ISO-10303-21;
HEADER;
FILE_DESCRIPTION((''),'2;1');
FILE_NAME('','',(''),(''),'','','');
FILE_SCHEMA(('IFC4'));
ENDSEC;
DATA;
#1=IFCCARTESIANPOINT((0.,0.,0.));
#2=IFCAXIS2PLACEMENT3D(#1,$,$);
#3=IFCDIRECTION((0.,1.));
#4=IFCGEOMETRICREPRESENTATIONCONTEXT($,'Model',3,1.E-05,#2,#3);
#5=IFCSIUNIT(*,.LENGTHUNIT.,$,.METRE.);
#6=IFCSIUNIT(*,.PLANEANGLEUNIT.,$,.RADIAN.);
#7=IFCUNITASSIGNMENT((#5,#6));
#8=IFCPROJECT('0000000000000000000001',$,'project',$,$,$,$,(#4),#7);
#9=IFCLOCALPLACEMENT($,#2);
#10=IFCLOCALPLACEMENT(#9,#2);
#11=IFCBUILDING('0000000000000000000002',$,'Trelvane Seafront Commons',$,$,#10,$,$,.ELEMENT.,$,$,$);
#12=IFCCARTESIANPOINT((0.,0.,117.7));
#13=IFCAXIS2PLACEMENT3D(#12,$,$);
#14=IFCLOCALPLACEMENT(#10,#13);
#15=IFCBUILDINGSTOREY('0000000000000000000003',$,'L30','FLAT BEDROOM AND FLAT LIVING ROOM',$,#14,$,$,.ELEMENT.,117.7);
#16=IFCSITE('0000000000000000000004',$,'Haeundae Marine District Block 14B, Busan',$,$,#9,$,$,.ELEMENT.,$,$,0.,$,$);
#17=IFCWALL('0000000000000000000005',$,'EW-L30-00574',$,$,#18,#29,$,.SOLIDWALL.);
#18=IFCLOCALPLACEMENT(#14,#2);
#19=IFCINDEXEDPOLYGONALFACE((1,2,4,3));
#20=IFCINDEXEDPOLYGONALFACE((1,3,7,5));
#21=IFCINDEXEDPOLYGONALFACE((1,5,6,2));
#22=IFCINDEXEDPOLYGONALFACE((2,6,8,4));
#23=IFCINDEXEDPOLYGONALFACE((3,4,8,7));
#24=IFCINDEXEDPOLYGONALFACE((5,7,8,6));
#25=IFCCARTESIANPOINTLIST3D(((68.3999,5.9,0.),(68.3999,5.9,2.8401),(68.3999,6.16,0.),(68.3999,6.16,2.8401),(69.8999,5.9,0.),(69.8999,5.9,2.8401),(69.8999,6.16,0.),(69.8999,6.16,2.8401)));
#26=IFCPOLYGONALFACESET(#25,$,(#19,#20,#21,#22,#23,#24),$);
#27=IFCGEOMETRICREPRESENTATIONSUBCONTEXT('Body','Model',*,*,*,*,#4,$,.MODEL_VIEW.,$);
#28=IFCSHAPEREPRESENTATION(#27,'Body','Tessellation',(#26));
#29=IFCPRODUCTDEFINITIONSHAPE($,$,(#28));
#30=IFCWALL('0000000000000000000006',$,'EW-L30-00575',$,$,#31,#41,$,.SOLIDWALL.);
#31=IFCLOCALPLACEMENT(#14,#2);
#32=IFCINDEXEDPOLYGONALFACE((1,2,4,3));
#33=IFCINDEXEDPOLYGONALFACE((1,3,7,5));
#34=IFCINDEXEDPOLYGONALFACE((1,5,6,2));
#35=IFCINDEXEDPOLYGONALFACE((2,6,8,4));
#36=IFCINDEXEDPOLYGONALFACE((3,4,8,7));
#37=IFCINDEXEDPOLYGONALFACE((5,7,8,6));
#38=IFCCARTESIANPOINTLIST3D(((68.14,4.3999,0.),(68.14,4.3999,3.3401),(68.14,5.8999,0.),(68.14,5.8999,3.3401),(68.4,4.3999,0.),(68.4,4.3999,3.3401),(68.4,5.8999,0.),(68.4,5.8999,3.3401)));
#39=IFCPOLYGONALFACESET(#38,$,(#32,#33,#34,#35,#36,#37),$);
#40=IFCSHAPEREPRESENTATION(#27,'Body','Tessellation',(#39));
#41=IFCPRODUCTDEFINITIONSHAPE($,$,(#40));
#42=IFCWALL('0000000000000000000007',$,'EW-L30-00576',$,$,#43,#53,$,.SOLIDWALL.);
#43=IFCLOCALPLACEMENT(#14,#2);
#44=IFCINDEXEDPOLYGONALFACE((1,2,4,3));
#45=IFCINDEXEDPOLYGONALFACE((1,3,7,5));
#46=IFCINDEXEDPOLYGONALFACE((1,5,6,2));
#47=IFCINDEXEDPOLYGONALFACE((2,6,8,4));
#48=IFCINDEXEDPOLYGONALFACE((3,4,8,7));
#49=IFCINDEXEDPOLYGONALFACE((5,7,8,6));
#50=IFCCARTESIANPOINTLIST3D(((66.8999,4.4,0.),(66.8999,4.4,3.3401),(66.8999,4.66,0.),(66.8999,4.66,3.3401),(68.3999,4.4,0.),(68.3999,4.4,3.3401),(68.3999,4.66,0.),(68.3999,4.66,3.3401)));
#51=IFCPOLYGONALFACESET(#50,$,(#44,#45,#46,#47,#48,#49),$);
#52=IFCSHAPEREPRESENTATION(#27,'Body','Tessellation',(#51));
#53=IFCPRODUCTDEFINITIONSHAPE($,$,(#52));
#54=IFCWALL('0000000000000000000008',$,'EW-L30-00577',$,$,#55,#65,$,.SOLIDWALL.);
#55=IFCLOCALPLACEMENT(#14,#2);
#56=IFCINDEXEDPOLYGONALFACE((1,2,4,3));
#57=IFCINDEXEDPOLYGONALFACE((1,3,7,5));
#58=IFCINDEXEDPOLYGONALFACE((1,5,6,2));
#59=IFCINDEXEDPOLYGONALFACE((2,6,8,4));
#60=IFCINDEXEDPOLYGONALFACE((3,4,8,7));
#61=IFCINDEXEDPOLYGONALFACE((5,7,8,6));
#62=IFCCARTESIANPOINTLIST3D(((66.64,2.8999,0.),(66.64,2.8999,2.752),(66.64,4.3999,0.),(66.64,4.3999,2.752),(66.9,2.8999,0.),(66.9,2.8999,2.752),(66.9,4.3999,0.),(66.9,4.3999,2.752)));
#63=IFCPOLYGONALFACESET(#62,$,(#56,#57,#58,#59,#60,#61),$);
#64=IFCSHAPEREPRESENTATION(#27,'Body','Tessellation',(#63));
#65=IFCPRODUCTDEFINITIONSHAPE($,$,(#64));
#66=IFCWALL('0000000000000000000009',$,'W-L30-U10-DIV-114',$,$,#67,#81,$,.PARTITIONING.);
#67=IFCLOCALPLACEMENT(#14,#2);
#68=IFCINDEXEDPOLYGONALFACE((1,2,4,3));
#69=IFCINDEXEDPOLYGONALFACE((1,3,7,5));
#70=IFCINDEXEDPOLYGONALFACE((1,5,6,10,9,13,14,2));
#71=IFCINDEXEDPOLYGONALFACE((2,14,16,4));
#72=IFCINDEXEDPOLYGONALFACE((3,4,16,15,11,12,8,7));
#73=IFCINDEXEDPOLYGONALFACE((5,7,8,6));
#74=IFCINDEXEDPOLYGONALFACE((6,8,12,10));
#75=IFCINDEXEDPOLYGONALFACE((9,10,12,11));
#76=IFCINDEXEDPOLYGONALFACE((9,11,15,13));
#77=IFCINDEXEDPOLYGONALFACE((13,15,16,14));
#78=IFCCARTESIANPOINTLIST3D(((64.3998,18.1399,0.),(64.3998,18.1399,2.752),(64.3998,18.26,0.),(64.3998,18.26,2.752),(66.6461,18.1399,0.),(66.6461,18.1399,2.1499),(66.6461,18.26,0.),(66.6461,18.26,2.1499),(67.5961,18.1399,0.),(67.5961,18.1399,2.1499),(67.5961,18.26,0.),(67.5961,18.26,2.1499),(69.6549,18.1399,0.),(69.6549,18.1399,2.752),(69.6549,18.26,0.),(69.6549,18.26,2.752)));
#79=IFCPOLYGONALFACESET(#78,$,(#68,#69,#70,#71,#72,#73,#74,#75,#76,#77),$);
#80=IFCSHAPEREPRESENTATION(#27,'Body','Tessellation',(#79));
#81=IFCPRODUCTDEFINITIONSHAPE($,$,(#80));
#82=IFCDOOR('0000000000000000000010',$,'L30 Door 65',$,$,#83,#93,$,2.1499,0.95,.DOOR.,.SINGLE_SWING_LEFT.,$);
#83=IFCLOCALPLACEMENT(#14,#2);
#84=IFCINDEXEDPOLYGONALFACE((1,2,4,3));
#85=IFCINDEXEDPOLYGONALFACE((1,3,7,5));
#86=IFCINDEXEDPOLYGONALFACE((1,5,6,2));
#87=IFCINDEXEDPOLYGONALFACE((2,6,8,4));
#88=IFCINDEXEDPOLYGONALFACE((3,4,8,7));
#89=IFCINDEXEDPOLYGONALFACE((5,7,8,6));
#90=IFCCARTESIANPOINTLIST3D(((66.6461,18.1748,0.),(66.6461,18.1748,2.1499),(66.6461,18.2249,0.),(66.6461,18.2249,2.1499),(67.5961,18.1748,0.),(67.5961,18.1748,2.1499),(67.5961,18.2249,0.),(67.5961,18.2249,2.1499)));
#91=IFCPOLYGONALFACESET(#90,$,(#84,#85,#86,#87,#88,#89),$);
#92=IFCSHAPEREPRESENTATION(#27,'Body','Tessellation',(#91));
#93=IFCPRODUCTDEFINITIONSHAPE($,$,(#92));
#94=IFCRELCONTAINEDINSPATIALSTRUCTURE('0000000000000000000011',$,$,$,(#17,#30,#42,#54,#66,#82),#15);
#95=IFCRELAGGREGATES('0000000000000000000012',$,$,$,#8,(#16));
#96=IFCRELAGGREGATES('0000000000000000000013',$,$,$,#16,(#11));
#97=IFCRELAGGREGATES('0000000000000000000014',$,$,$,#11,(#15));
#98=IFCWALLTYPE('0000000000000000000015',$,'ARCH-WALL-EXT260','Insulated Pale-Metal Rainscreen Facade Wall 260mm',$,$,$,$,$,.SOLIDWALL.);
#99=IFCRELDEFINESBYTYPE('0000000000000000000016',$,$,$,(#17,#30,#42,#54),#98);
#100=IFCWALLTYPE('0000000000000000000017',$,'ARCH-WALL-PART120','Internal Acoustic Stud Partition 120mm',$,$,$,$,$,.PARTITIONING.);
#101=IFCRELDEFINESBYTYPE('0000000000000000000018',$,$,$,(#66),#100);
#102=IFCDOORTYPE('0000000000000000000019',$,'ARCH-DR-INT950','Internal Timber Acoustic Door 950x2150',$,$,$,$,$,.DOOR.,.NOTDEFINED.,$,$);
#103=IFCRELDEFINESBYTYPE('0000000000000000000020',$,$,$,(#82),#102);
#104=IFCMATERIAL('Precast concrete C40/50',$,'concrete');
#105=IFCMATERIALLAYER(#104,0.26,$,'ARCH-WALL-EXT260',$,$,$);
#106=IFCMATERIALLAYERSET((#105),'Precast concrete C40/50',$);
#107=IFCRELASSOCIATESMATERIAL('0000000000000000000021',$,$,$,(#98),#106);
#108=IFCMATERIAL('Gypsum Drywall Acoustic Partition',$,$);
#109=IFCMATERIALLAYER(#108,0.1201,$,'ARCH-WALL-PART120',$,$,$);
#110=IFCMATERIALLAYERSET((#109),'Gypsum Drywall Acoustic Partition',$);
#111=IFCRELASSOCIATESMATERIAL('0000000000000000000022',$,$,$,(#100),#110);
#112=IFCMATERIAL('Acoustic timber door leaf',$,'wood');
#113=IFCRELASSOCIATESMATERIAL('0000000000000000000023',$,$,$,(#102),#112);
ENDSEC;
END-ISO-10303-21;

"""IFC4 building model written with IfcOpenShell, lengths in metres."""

from ifc_helpers import new_model, si_unit, direction, frame, frame_2d, origin, place, context, subcontext, project, spatial, rectangle, extrude, source, transform, mapped, material, layer, layer_set, type_object, element, fill, save


model = new_model("IFC4")

# Units and contexts
model_context = context("Model", 3, precision=1e-05, world=origin(), true_north=direction((0.0, 1.0)))
body_context = subcontext(model_context, "Body", "Model", "MODEL_VIEW")
ifc_project = project(units=[si_unit("LENGTHUNIT", "METRE"), si_unit("PLANEANGLEUNIT", "RADIAN")], contexts=[model_context])

# Site, building, storey
site_placement = place(None, origin())
site = spatial("IfcSite", under=ifc_project, at=site_placement, Name="Haeundae Marine District Block 14B, Busan", CompositionType="ELEMENT", RefElevation=0.0)
building_placement = place(site_placement, origin())
building = spatial("IfcBuilding", under=site, at=building_placement, Name="Trelvane Seafront Commons", CompositionType="ELEMENT")
storey_placement = place(building_placement, frame((0.0, 0.0, 117.7)))
storey = spatial("IfcBuildingStorey", under=building, at=storey_placement, Name="L30", Description="FLAT BEDROOM AND FLAT LIVING ROOM", CompositionType="ELEMENT", Elevation=117.7)

# Walls
ifc_material_1 = material(Name="Precast concrete C40/50", Category="concrete")
ifc_layer_1 = layer(ifc_material_1, 0.26, Name="ARCH-WALL-EXT260")
ifc_layer_set_1 = layer_set([ifc_layer_1], Name="Precast concrete C40/50")
wall_type_1 = type_object("IfcWallType", Name="ARCH-WALL-EXT260", Description="Insulated Pale-Metal Rainscreen Facade Wall 260mm", PredefinedType="SOLIDWALL", material=ifc_layer_set_1)
wall_1_placement = place(storey_placement, frame((69.8999, 6.03, 0.0), z_axis=(0.0, 0.0, 1.0), x_axis=(-1.0, 0.0, 0.0)))
element("IfcWall", 1, at=wall_1_placement, inside=storey, type_object=wall_type_1, Name="EW-L30-00574", PredefinedType="SOLIDWALL", context=body_context, shape_type="SweptSolid", body=[
    extrude(rectangle(XDim=1.5, YDim=0.26, at=frame_2d((0.75, 0.0))), origin(), (0.0, 0.0, 1.0), 2.8401),
])
for number, where, z_axis, x_axis, name in (
    (2, (68.27, 5.8999, 0.0), (0.0, 0.0, 1.0), (0.0, -1.0, 0.0), "EW-L30-00575"),
    (3, (68.3999, 4.53, 0.0), (0.0, 0.0, 1.0), (-1.0, 0.0, 0.0), "EW-L30-00576"),
):
    element("IfcWall", number, at=place(storey_placement, frame(where, z_axis=z_axis, x_axis=x_axis)), inside=storey, type_object=wall_type_1, Name=name, PredefinedType="SOLIDWALL", context=body_context, shape_type="SweptSolid", body=[
        extrude(rectangle(XDim=1.5, YDim=0.26, at=frame_2d((0.75, 0.0))), origin(), (0.0, 0.0, 1.0), 3.3401),
    ])
wall_2_placement = place(storey_placement, frame((66.77, 4.3999, 0.0), z_axis=(0.0, 0.0, 1.0), x_axis=(0.0, -1.0, 0.0)))
element("IfcWall", 4, at=wall_2_placement, inside=storey, type_object=wall_type_1, Name="EW-L30-00577", PredefinedType="SOLIDWALL", context=body_context, shape_type="SweptSolid", body=[
    extrude(rectangle(XDim=1.5, YDim=0.26, at=frame_2d((0.75, 0.0))), origin(), (0.0, 0.0, 1.0), 2.752),
])

# Wall, opening, door
ifc_material_2 = material(Name="Gypsum Drywall Acoustic Partition")
ifc_layer_2 = layer(ifc_material_2, 0.1201, Name="ARCH-WALL-PART120")
ifc_layer_set_2 = layer_set([ifc_layer_2], Name="Gypsum Drywall Acoustic Partition")
wall_type_2 = type_object("IfcWallType", Name="ARCH-WALL-PART120", Description="Internal Acoustic Stud Partition 120mm", PredefinedType="PARTITIONING", material=ifc_layer_set_2)
wall_3_placement = place(storey_placement, frame((64.3999, 18.2, 0.0), z_axis=(0.0, 0.0, 1.0), x_axis=(1.0, 0.0, 0.0)))
wall_3 = element("IfcWall", 5, at=wall_3_placement, inside=storey, type_object=wall_type_2, Name="W-L30-U10-DIV-114", PredefinedType="PARTITIONING", context=body_context, shape_type="SweptSolid", body=[
    extrude(rectangle(XDim=5.2551, YDim=0.1201, at=frame_2d((2.6274, 0.0))), origin(), (0.0, 0.0, 1.0), 2.752),
])
opening_placement = place(wall_3_placement, frame((2.2461, 0.0, 0.0)))
opening = element("IfcOpeningElement", 6, at=opening_placement, cuts=wall_3, PredefinedType="OPENING", context=body_context, shape_type="SweptSolid", body=[
    extrude(rectangle(XDim=0.95, YDim=2.1499, at=frame_2d((0.4751, 1.075))), frame((0.0, 0.0701, 0.0), z_axis=(0.0, -1.0, 0.0), x_axis=(1.0, 0.0, 0.0)), (0.0, 0.0, 1.0), 0.1401),
])
ifc_material_3 = material(Name="Acoustic timber door leaf", Category="wood")
door_type = type_object("IfcDoorType", Name="ARCH-DR-INT950", Description="Internal Timber Acoustic Door 950x2150", OperationType="NOTDEFINED", PredefinedType="DOOR", material=ifc_material_3)
shared_shape_1 = source(origin(), body_context, "Body", "SweptSolid", [
    extrude(rectangle(XDim=0.95, YDim=2.1499, at=frame_2d((0.4751, 1.075))), frame((0.0, 0.0249, 0.0), z_axis=(0.0, -1.0, 0.0), x_axis=(1.0, 0.0, 0.0)), (0.0, 0.0, 1.0), 0.05),
])
door_placement = place(opening_placement, origin())
door = element("IfcDoor", 7, at=door_placement, inside=storey, type_object=door_type, Name="L30 Door 65", OperationType="SINGLE_SWING_LEFT", OverallHeight=2.1499, OverallWidth=0.95, PredefinedType="DOOR", context=body_context, shape_type="MappedRepresentation", body=[
    mapped(shared_shape_1, transform((0.0, 0.0, 0.0), x_axis=(1.0, 0.0, 0.0), y_axis=(0.0, 1.0, 0.0), z_axis=(0.0, 0.0, 1.0), scale=1.0)),
])
fill(opening, door)

save(model, "model.ifc")
